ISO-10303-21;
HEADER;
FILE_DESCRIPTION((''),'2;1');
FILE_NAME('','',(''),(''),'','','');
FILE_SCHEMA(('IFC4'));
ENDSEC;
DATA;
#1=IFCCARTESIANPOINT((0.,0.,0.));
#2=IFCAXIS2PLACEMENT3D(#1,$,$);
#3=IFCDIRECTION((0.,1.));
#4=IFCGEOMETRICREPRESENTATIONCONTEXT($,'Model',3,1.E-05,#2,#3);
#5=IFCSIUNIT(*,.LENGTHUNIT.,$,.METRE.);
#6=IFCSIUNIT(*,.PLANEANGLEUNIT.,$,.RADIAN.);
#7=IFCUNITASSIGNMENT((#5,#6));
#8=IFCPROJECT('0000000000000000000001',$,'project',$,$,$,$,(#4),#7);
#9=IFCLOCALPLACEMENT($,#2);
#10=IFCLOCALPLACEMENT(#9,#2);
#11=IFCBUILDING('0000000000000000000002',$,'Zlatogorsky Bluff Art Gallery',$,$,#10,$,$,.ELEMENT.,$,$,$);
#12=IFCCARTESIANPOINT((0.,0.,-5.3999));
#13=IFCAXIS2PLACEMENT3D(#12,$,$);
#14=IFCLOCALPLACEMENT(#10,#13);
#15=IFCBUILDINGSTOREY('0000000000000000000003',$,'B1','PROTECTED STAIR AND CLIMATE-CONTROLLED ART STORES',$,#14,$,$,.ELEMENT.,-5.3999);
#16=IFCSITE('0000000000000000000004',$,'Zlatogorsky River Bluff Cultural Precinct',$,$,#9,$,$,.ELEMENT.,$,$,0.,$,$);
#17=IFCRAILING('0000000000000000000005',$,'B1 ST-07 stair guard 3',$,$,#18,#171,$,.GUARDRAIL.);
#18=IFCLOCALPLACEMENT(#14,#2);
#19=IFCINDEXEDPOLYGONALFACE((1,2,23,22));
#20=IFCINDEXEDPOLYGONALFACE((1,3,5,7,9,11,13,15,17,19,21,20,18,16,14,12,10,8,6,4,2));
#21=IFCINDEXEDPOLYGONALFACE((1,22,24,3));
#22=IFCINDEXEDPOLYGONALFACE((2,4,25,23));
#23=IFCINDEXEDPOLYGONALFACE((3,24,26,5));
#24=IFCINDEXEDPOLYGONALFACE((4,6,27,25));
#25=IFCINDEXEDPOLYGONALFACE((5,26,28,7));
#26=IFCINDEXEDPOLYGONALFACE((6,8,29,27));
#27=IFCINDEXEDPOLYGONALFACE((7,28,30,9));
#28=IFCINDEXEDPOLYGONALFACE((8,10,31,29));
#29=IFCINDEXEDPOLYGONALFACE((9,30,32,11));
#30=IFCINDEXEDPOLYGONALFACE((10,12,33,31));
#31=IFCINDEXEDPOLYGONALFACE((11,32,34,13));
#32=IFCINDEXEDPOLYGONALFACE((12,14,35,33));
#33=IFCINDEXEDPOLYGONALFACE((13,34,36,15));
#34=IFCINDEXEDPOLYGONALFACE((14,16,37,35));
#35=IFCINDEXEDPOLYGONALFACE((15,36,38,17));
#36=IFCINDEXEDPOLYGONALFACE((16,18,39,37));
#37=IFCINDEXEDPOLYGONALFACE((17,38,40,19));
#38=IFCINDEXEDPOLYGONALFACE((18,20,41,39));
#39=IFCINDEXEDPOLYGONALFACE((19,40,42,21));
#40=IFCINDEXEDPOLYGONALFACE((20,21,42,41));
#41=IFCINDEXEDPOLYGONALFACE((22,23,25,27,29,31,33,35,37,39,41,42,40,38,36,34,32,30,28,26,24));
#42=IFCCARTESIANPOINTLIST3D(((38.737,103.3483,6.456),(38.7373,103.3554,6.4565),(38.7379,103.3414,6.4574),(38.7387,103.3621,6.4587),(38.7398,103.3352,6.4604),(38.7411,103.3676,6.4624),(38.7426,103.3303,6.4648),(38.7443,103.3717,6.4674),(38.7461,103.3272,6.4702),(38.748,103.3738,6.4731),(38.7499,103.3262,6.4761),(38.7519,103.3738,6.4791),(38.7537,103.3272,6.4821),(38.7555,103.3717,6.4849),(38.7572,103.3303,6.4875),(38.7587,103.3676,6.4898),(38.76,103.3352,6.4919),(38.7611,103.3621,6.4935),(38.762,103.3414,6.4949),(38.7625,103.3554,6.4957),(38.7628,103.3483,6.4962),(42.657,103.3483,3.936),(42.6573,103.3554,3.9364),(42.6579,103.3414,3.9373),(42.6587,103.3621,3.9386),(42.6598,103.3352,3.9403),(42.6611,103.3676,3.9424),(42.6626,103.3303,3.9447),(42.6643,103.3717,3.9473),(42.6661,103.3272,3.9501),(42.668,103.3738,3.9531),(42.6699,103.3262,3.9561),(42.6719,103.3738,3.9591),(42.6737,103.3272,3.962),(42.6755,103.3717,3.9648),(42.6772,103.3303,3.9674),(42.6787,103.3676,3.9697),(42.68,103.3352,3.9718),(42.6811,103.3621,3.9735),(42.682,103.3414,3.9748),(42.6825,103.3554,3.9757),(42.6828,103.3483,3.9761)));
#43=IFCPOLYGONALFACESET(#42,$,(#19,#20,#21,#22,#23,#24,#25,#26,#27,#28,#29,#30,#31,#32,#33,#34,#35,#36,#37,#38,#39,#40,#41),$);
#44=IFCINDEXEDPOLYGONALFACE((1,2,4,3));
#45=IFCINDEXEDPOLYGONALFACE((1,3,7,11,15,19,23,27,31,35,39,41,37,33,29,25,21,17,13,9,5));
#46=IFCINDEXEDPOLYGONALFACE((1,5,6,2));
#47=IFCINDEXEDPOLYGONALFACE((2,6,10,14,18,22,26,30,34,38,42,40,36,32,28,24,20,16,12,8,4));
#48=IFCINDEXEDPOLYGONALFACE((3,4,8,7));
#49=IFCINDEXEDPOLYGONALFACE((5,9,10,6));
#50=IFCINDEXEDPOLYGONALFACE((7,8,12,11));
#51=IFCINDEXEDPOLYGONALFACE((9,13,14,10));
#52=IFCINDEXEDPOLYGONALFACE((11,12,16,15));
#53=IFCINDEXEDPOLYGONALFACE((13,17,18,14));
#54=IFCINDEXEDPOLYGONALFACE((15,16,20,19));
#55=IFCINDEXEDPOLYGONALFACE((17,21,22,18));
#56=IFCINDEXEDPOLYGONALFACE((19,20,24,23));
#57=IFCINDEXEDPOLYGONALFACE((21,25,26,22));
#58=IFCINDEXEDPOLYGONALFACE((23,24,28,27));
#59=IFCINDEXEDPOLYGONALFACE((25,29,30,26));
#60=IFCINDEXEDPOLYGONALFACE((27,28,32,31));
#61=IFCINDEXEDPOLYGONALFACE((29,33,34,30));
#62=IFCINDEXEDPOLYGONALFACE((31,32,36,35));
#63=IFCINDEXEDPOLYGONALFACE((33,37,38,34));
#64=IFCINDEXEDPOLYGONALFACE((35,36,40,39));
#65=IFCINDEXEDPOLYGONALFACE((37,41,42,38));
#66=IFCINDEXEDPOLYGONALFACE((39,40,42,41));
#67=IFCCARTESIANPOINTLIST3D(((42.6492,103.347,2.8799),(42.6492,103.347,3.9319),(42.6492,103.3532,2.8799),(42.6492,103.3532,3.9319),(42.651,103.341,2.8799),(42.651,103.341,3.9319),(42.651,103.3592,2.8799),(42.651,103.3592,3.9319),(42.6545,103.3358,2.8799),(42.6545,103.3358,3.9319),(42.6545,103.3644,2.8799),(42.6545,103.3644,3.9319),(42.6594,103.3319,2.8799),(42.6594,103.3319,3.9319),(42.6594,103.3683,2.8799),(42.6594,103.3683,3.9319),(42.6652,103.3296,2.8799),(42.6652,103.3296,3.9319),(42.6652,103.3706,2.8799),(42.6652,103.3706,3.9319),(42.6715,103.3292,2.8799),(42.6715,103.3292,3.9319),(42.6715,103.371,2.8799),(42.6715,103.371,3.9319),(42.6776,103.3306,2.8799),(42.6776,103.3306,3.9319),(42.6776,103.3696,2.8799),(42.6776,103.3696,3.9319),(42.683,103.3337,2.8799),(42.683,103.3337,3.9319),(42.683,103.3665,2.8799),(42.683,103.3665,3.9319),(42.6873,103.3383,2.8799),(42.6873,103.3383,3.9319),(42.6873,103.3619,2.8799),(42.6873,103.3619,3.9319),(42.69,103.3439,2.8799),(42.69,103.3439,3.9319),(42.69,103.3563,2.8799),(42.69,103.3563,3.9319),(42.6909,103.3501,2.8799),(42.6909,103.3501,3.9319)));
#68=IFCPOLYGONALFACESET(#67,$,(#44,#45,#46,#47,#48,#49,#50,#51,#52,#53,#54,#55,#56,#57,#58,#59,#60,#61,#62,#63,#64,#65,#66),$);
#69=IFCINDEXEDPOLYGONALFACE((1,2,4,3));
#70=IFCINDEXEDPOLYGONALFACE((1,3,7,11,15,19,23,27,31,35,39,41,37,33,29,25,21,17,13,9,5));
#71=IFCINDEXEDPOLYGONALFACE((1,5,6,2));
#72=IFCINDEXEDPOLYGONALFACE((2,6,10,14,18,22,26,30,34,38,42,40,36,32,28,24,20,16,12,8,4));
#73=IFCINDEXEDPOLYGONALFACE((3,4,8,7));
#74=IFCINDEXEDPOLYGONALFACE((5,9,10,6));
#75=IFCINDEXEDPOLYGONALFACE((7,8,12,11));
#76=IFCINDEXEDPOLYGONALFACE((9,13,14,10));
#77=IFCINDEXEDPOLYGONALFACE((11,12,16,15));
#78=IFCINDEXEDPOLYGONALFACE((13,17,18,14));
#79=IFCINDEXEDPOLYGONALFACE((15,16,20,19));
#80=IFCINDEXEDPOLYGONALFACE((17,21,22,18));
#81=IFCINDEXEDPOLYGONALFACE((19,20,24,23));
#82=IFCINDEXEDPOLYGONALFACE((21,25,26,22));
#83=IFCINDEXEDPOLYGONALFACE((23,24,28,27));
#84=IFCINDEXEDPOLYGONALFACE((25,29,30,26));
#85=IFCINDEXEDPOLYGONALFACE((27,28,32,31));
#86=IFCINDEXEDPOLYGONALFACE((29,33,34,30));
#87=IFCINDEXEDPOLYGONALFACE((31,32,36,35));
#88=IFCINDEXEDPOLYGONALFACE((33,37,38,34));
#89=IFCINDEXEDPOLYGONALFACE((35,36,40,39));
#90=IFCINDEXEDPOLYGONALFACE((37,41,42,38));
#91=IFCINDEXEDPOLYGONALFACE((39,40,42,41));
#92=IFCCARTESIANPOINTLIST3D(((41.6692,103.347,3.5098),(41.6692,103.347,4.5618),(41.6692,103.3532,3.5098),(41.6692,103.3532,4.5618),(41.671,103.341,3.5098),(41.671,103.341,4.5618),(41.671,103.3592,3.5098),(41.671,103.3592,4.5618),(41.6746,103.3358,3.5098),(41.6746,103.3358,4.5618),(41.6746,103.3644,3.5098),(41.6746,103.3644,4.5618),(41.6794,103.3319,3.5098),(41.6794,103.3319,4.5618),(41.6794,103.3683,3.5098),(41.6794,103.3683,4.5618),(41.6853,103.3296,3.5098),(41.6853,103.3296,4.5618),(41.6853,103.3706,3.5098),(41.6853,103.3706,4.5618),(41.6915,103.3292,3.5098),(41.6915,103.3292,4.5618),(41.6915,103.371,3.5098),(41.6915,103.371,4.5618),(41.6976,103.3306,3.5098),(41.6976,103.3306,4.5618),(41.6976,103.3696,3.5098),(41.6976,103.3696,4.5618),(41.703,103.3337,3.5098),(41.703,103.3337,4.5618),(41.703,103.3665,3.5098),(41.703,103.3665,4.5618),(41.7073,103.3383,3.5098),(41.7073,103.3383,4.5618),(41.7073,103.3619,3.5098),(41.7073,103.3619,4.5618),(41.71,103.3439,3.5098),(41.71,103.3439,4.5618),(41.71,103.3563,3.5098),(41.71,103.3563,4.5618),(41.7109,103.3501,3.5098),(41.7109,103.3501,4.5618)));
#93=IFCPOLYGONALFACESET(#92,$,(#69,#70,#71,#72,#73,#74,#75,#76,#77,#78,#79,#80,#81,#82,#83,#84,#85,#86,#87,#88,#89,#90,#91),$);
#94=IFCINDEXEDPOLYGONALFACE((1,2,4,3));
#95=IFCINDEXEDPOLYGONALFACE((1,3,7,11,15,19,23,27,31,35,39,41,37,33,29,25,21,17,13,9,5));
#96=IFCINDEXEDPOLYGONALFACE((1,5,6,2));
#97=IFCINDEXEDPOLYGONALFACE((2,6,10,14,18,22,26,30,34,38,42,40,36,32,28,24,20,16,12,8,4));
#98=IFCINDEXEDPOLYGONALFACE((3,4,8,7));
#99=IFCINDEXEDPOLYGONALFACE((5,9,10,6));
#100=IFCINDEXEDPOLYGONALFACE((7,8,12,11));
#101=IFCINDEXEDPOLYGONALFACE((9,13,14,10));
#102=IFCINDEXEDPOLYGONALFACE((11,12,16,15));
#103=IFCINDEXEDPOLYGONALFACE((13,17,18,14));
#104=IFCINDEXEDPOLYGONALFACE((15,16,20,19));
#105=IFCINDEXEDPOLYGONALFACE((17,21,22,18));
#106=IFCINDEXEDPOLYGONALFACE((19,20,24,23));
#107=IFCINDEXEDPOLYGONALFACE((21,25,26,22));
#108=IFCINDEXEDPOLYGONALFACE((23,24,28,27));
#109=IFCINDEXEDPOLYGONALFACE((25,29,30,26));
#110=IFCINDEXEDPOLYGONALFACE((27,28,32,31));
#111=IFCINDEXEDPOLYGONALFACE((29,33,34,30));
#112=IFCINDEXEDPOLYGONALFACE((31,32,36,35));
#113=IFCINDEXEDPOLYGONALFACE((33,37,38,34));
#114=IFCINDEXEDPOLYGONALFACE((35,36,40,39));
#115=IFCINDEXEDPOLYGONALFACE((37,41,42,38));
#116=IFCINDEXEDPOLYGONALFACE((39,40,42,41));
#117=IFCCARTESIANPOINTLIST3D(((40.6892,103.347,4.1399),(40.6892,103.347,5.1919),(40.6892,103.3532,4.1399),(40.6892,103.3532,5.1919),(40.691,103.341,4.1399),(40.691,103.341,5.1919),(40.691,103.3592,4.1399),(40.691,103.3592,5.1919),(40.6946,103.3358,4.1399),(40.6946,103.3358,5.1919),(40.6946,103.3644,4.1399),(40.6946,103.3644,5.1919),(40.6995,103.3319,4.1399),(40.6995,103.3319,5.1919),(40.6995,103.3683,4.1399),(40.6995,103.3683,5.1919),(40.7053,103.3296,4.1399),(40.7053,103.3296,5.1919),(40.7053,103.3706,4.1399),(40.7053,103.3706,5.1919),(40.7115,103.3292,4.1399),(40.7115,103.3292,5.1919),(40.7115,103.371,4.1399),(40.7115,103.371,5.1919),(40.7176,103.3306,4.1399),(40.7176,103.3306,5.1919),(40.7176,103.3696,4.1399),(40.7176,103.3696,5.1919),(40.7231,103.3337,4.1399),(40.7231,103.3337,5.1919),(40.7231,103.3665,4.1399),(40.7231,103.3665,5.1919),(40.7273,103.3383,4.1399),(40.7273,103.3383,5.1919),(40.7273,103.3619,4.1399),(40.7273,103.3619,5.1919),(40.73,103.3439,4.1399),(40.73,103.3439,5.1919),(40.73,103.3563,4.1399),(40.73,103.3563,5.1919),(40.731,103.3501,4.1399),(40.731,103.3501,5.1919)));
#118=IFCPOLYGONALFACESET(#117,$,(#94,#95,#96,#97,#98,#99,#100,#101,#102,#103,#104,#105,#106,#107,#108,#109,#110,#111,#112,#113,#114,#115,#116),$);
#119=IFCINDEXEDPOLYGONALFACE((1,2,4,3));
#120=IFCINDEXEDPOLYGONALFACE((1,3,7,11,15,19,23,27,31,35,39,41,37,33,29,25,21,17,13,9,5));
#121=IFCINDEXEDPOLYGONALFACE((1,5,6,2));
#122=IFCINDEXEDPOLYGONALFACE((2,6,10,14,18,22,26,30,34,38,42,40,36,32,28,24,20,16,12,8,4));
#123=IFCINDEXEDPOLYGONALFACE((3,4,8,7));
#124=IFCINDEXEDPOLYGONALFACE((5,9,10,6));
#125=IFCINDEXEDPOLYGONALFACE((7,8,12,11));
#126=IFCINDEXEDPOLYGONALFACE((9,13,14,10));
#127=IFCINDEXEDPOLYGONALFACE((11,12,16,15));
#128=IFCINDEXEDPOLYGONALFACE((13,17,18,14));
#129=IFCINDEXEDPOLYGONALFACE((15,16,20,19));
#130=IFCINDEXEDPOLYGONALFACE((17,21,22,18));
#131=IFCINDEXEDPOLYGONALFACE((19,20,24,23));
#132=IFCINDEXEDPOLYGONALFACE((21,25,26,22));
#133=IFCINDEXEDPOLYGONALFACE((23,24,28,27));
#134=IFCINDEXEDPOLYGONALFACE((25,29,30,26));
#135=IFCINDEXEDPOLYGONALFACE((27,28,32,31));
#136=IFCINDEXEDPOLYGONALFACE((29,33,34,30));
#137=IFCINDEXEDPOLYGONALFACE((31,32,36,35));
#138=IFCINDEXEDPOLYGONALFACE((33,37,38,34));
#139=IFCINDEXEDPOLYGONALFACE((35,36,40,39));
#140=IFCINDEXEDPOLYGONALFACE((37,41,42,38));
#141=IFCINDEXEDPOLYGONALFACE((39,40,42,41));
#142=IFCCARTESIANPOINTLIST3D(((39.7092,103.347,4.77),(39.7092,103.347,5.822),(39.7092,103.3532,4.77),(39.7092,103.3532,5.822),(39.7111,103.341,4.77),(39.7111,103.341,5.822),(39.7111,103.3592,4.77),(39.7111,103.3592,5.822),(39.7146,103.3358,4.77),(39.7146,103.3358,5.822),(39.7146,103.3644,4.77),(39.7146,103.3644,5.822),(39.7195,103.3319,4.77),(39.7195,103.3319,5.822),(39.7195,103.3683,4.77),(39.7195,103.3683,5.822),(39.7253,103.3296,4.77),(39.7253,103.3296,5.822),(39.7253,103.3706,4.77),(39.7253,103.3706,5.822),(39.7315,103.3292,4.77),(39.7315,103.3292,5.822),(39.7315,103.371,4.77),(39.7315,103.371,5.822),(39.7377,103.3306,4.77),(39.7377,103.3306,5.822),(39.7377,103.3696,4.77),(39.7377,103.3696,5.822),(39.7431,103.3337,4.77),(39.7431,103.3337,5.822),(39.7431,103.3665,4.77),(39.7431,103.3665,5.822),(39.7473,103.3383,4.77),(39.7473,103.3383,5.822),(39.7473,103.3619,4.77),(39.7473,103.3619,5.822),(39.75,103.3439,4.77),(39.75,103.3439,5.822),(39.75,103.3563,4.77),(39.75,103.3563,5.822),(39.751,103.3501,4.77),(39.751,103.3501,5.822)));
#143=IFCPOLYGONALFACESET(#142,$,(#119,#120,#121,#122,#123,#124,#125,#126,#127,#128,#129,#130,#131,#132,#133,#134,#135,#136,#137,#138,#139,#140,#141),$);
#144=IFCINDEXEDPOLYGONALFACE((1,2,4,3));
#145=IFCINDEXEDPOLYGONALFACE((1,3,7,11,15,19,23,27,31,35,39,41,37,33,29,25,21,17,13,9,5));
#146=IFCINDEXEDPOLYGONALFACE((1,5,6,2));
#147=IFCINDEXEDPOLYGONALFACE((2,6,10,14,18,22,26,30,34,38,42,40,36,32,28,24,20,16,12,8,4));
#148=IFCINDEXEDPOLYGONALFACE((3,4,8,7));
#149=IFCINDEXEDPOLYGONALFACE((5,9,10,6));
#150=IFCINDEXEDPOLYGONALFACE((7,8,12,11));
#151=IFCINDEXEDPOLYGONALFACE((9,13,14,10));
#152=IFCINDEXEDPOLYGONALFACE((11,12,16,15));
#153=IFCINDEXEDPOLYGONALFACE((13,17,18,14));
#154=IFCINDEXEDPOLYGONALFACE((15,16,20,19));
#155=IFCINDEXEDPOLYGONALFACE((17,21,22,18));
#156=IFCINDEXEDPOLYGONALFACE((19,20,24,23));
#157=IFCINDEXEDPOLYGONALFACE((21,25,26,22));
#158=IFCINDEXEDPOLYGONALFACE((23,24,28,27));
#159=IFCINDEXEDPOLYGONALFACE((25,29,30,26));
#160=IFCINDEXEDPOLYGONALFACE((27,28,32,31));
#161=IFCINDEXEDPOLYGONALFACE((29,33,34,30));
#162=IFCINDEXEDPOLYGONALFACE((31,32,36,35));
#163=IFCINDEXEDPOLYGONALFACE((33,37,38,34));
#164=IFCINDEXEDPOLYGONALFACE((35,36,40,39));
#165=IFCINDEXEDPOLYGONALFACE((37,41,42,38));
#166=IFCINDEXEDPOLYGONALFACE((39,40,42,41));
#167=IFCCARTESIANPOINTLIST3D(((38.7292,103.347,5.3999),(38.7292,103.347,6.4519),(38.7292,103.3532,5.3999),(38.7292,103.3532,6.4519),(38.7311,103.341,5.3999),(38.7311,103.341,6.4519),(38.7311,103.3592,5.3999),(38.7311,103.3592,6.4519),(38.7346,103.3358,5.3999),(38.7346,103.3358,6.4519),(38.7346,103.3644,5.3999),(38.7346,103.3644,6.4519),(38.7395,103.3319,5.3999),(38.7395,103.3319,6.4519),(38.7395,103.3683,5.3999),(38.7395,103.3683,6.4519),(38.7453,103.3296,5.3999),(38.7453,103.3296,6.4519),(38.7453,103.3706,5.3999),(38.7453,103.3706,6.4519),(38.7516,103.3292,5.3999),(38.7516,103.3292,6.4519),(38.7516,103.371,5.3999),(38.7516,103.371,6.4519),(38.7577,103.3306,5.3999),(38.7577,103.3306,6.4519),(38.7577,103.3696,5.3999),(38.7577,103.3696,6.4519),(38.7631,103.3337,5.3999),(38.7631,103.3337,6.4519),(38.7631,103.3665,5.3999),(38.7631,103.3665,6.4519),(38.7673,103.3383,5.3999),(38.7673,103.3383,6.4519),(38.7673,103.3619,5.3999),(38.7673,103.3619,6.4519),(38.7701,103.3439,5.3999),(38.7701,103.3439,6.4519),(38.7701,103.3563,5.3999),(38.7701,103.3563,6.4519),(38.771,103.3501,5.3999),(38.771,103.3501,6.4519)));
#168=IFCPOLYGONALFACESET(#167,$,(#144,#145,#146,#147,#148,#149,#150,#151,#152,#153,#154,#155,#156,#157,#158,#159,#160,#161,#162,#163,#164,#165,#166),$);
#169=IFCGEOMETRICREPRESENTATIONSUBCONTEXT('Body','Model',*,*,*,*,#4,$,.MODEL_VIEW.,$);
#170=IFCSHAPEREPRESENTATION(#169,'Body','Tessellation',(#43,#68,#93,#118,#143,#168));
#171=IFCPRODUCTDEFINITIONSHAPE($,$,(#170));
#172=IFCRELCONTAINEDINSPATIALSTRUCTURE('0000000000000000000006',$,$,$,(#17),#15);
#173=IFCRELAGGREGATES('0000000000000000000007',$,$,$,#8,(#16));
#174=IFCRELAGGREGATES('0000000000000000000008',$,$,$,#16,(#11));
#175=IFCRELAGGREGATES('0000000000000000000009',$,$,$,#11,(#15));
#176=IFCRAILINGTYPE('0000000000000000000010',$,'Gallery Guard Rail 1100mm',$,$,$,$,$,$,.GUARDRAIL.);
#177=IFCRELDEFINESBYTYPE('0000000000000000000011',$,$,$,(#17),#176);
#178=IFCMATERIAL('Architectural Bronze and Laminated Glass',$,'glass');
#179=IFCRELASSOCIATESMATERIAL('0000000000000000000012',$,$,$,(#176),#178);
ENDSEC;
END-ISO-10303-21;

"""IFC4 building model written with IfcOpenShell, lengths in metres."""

from ifc_helpers import new_model, si_unit, direction, frame, origin, origin_2d, place, context, subcontext, project, spatial, circle, extrude, material, type_object, element, save


model = new_model("IFC4")

# Units and contexts
model_context = context("Model", 3, precision=1e-05, world=origin(), true_north=direction((0.0, 1.0)))
body_context = subcontext(model_context, "Body", "Model", "MODEL_VIEW")
ifc_project = project(units=[si_unit("LENGTHUNIT", "METRE"), si_unit("PLANEANGLEUNIT", "RADIAN")], contexts=[model_context])

# Site, building, storey
site_placement = place(None, origin())
site = spatial("IfcSite", under=ifc_project, at=site_placement, Name="Zlatogorsky River Bluff Cultural Precinct", CompositionType="ELEMENT", RefElevation=0.0)
building_placement = place(site_placement, origin())
building = spatial("IfcBuilding", under=site, at=building_placement, Name="Zlatogorsky Bluff Art Gallery", CompositionType="ELEMENT")
storey_placement = place(building_placement, frame((0.0, 0.0, -5.3999)))
storey = spatial("IfcBuildingStorey", under=building, at=storey_placement, Name="B1", Description="PROTECTED STAIR AND CLIMATE-CONTROLLED ART STORES", CompositionType="ELEMENT", Elevation=-5.3999)

# Railing
ifc_material_1 = material(Name="Architectural Bronze and Laminated Glass", Category="glass")
railing_type_1 = type_object("IfcRailingType", Name="Gallery Guard Rail 1100mm", PredefinedType="GUARDRAIL", material=ifc_material_1)
railing_1_placement = place(storey_placement, frame((42.6699, 103.3501, 2.8799)))
element("IfcRailing", 1, at=railing_1_placement, inside=storey, type_object=railing_type_1, Name="B1 ST-07 stair guard 3", PredefinedType="GUARDRAIL", context=body_context, shape_type="SweptSolid", body=[
    extrude(circle(Radius=0.0239, at=origin_2d()), frame((0.0, 0.0, 1.0762), z_axis=(-0.841172, 0.0, 0.540768), x_axis=(0.0, -1.0, 0.0)), (0.0, 0.0, 1.0), 4.6602),
    extrude(circle(Radius=0.021, at=origin_2d()), origin(), (0.0, 0.0, 1.0), 1.052),
    extrude(circle(Radius=0.021, at=origin_2d()), frame((-0.98, 0.0, 0.6299)), (0.0, 0.0, 1.0), 1.052),
    extrude(circle(Radius=0.021, at=origin_2d()), frame((-1.96, 0.0, 1.26)), (0.0, 0.0, 1.0), 1.052),
    extrude(circle(Radius=0.021, at=origin_2d()), frame((-2.9399, 0.0, 1.8901)), (0.0, 0.0, 1.0), 1.052),
    extrude(circle(Radius=0.021, at=origin_2d()), frame((-3.9199, 0.0, 2.52)), (0.0, 0.0, 1.0), 1.052),
])

save(model, "model.ifc")
